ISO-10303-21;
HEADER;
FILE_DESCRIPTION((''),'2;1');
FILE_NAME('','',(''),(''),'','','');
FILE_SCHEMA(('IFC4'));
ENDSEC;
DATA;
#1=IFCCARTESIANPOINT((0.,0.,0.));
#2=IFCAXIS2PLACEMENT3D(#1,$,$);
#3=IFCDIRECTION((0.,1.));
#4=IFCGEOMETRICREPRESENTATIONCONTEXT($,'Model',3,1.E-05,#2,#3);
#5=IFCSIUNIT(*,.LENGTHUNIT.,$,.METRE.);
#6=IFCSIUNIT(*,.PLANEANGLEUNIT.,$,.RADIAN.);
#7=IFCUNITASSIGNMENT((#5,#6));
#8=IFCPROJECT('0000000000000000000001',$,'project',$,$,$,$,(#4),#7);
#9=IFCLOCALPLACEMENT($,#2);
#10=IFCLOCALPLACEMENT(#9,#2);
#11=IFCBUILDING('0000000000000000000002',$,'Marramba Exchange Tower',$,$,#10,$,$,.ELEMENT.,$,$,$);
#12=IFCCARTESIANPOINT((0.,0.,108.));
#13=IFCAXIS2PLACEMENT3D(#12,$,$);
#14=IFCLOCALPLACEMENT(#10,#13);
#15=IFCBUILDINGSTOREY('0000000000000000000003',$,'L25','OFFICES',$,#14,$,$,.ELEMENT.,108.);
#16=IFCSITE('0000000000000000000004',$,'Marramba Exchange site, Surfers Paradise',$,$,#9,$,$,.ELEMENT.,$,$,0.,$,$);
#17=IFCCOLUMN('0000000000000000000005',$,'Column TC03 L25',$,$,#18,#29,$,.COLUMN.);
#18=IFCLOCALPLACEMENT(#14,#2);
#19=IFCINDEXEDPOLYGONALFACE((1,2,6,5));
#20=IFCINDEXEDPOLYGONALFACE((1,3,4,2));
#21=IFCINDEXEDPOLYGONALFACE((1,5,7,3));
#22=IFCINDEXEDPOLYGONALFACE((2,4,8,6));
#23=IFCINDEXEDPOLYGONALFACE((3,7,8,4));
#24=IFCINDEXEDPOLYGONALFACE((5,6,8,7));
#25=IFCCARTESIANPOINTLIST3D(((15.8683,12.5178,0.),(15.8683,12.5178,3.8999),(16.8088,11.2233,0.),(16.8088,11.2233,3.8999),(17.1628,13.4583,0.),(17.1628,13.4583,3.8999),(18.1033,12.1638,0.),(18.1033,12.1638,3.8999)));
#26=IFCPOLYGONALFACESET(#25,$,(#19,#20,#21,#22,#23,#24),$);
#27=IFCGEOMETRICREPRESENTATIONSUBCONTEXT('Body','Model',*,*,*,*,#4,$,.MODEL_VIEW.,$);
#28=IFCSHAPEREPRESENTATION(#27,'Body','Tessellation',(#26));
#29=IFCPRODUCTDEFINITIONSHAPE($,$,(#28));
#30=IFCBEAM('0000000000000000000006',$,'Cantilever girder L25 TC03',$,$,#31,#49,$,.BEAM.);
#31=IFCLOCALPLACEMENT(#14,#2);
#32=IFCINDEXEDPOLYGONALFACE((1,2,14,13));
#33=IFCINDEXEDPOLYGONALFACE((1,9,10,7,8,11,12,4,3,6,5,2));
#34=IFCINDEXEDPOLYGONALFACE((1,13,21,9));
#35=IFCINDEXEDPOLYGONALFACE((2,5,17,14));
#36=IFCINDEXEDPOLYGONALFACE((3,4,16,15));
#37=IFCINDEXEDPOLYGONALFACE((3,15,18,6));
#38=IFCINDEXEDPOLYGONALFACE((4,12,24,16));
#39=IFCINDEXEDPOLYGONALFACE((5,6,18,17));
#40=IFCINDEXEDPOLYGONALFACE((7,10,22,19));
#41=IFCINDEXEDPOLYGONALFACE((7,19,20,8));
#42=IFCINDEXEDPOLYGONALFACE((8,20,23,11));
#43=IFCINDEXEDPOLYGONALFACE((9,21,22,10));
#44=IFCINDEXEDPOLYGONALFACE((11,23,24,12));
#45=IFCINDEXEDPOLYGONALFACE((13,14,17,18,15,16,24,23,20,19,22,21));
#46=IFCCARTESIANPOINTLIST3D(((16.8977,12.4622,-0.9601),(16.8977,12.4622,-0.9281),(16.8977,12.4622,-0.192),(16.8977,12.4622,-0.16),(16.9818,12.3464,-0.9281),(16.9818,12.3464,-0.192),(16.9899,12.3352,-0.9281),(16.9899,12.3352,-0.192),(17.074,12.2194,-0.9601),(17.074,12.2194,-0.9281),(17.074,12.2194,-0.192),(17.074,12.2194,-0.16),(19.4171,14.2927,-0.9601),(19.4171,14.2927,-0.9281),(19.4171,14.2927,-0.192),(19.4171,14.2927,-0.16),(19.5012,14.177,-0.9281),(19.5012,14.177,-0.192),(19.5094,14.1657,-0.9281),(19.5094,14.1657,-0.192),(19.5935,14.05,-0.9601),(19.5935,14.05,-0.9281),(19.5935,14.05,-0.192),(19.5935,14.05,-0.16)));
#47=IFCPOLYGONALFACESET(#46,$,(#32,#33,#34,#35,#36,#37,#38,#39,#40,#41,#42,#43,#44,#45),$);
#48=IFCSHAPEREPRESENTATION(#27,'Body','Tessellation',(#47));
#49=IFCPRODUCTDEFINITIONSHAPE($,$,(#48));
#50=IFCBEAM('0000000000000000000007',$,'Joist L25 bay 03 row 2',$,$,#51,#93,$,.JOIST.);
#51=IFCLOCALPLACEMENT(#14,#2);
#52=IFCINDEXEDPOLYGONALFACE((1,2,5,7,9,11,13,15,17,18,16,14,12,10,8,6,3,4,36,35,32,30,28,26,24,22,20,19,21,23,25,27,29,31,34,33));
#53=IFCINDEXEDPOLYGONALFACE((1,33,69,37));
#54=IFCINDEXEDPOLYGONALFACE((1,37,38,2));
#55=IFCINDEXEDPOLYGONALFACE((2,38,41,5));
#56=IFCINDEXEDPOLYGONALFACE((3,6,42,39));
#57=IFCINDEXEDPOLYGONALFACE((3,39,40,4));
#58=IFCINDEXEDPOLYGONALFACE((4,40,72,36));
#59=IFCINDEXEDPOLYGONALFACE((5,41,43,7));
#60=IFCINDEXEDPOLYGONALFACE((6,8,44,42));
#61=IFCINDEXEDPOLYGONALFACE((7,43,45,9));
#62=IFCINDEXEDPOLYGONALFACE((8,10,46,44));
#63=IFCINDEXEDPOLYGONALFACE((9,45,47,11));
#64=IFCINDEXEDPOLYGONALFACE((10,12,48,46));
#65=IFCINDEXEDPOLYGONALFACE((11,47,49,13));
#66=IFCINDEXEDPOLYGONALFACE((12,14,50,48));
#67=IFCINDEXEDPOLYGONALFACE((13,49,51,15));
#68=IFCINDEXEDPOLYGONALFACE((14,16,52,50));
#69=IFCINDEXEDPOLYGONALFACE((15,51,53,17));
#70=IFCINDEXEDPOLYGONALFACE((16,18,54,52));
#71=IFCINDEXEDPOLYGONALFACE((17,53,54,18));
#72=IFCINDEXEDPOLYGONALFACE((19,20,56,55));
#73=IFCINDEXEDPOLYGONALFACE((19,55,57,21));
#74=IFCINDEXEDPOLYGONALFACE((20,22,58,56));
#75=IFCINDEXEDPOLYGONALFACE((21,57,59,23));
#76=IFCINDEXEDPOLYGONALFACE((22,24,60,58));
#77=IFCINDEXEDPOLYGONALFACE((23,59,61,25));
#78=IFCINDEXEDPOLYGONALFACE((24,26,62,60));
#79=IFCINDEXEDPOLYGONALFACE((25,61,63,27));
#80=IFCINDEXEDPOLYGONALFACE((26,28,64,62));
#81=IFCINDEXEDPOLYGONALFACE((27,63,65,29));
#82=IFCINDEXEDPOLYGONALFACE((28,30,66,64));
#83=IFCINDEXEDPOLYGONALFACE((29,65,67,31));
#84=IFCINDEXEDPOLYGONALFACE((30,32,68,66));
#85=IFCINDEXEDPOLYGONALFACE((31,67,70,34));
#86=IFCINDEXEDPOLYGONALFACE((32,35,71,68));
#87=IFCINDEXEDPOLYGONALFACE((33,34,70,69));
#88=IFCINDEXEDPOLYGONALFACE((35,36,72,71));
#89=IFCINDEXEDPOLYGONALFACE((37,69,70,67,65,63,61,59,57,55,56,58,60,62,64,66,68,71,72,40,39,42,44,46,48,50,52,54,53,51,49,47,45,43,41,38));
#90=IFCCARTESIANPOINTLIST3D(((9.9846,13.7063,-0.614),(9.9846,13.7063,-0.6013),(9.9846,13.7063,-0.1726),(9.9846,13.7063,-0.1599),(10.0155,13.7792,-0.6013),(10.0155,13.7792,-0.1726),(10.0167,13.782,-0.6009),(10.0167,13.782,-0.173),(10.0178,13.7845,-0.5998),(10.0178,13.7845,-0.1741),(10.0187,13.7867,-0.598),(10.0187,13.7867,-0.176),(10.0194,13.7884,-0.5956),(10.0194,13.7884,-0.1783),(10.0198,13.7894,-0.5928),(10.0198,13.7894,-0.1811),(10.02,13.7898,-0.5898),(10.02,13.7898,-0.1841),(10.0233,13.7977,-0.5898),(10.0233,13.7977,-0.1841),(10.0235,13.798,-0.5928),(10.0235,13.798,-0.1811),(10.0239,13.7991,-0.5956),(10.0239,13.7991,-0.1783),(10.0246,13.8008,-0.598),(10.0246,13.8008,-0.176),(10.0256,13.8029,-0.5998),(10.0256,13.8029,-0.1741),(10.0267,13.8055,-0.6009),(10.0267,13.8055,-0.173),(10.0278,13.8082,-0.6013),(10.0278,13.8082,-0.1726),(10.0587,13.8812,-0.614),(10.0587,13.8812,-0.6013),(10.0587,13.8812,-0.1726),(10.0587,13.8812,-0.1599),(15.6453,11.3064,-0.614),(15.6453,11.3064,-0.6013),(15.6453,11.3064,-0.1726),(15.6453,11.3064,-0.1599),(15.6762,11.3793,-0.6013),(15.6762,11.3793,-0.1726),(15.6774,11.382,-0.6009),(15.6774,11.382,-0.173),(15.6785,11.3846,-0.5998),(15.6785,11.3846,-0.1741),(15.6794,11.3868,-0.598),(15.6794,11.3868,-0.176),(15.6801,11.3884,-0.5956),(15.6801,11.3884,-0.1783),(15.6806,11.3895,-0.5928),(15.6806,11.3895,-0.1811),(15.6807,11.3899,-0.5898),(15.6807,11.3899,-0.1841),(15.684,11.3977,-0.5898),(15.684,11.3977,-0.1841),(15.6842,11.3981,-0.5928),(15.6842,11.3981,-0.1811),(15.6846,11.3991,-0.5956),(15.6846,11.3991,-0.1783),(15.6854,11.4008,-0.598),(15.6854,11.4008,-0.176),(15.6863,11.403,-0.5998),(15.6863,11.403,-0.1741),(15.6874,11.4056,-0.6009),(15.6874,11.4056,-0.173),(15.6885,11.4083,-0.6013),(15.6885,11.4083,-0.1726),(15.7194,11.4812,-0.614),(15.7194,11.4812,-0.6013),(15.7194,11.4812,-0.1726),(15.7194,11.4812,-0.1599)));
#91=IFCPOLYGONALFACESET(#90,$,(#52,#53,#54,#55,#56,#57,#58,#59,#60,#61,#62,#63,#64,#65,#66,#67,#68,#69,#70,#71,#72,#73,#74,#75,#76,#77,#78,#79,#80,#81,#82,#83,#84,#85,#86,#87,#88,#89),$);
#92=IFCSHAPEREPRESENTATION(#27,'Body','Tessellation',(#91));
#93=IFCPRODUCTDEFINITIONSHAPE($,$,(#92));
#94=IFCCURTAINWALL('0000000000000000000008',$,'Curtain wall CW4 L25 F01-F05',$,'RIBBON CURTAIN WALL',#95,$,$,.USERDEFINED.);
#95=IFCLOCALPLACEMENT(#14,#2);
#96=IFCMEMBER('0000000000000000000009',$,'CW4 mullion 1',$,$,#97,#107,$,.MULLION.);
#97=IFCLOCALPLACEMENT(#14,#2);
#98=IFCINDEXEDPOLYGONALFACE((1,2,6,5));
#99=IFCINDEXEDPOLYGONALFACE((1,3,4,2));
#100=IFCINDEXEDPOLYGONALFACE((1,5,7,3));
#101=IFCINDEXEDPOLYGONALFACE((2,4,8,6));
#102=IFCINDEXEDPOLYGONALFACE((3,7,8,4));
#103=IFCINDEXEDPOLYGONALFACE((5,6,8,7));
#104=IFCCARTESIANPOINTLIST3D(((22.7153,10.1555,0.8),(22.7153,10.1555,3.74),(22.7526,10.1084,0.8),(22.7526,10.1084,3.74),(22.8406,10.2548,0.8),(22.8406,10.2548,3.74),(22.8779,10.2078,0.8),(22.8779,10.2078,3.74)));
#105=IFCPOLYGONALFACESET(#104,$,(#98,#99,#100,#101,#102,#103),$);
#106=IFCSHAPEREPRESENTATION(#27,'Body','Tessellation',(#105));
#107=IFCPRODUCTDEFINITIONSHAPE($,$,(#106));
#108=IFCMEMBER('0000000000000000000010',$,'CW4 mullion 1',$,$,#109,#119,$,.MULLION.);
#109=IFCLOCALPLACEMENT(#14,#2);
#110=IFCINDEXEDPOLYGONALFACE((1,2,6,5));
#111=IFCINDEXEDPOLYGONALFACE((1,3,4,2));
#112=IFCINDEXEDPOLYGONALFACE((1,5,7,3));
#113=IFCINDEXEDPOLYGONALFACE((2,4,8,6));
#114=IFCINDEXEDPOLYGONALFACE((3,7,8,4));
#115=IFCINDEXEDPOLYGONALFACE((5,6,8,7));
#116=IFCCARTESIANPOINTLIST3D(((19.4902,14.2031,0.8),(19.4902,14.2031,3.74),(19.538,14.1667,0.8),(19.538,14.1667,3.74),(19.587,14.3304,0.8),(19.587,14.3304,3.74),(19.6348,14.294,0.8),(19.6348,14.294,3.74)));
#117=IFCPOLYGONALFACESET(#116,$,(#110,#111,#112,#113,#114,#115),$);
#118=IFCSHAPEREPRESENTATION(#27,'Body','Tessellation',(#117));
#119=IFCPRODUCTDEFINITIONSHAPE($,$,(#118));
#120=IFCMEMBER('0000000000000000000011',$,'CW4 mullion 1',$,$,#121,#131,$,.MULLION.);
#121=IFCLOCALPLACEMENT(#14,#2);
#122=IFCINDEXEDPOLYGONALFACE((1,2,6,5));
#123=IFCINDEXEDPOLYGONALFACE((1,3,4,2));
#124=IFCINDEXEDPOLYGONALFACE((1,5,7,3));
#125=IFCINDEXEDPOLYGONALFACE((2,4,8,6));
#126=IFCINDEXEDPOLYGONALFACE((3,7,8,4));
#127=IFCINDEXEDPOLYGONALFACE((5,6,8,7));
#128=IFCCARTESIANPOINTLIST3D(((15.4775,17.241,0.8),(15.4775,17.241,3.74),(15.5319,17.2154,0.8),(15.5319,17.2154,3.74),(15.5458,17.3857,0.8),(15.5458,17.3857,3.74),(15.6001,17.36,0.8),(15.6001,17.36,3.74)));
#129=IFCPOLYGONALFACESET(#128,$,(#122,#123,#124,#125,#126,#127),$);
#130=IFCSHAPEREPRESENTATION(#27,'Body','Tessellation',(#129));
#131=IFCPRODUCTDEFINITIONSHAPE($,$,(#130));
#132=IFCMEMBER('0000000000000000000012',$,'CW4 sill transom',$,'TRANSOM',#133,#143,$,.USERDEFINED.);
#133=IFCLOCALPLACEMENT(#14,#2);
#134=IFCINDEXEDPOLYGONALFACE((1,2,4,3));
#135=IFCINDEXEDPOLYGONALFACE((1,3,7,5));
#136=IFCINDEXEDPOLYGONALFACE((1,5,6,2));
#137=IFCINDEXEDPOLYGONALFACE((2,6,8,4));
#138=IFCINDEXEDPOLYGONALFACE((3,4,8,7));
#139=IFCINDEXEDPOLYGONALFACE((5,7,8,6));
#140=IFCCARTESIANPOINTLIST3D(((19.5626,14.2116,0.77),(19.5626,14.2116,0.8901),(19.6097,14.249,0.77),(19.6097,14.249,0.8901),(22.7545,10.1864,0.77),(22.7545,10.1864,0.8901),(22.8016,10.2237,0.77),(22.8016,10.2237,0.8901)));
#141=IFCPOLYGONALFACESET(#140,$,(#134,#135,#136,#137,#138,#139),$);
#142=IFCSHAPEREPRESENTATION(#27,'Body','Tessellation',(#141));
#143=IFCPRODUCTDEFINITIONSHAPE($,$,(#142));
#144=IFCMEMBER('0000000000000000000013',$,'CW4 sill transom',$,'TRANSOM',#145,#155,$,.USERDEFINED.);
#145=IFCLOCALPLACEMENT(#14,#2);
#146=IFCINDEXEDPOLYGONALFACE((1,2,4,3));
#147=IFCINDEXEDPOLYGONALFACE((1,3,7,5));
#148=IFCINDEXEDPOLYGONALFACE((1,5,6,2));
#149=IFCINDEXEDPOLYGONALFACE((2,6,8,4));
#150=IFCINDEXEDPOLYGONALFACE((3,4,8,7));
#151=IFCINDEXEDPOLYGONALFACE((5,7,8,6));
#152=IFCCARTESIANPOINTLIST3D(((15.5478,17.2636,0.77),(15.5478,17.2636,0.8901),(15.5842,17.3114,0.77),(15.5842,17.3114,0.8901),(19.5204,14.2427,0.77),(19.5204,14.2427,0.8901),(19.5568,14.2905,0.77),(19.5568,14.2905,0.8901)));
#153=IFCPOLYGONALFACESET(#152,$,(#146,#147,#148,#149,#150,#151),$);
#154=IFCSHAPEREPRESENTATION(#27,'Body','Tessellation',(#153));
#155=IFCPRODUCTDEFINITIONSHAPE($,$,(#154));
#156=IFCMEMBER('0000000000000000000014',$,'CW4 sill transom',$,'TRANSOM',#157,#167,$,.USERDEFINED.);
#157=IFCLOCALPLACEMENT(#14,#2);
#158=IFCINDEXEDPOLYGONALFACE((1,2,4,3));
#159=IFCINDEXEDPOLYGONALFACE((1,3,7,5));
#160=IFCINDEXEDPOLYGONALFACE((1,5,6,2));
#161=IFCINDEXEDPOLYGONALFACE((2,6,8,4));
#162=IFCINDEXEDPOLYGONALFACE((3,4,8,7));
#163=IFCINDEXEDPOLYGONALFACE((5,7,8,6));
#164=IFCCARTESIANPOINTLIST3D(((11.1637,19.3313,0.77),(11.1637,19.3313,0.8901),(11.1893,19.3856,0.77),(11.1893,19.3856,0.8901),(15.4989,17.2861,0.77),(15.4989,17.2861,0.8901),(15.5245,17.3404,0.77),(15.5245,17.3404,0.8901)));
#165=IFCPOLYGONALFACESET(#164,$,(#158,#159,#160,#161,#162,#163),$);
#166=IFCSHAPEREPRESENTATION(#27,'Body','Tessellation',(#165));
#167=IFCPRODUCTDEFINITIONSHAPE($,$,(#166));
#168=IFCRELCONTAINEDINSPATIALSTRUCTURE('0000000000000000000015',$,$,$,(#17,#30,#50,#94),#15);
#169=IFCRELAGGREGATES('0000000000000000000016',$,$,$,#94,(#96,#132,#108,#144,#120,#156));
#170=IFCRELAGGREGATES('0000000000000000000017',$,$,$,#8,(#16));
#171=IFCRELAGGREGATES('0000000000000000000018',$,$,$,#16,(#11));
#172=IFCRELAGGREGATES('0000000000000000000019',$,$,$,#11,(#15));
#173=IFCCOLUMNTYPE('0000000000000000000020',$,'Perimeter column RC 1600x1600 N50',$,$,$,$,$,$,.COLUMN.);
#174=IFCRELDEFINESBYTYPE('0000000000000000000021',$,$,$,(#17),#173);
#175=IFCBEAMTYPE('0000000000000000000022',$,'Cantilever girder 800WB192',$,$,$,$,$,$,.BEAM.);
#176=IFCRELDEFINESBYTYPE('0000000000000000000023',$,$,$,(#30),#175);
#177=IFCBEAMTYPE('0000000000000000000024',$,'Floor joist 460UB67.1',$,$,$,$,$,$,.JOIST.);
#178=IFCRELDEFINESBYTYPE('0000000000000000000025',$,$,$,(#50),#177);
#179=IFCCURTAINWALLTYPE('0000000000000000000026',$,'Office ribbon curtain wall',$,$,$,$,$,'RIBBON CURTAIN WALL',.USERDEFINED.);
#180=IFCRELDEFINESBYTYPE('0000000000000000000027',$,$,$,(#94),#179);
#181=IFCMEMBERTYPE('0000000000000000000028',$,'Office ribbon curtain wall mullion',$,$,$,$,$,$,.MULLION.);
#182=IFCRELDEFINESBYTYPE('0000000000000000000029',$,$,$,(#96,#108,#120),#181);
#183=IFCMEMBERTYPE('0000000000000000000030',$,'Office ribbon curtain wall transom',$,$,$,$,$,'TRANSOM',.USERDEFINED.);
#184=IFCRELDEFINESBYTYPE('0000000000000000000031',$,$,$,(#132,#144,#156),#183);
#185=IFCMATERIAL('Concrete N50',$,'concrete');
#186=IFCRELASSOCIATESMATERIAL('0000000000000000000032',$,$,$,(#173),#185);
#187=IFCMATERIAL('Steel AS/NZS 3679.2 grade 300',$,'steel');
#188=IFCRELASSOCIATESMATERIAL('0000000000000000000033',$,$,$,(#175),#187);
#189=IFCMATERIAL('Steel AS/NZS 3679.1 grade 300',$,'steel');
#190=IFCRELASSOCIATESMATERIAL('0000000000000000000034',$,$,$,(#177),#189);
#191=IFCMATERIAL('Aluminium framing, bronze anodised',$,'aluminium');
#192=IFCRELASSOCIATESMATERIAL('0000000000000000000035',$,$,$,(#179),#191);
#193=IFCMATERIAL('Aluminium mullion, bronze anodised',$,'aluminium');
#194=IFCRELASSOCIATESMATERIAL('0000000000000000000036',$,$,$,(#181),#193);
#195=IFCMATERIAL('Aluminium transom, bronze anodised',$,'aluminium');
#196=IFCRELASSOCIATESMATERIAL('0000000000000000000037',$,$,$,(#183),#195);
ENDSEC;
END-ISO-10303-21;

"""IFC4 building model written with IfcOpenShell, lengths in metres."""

from ifc_helpers import new_model, si_unit, direction, frame, origin, origin_2d, place, context, subcontext, project, spatial, rectangle, i_section, extrude, material, material_profile, profile_set, type_object, element, aggregate, save


model = new_model("IFC4")

# Units and contexts
model_context = context("Model", 3, precision=1e-05, world=origin(), true_north=direction((0.0, 1.0)))
body_context = subcontext(model_context, "Body", "Model", "MODEL_VIEW")
ifc_project = project(units=[si_unit("LENGTHUNIT", "METRE"), si_unit("PLANEANGLEUNIT", "RADIAN")], contexts=[model_context])

# Site, building, storey
site_placement = place(None, origin())
site = spatial("IfcSite", under=ifc_project, at=site_placement, Name="Marramba Exchange site, Surfers Paradise", CompositionType="ELEMENT", RefElevation=0.0)
building_placement = place(site_placement, origin())
building = spatial("IfcBuilding", under=site, at=building_placement, Name="Marramba Exchange Tower", CompositionType="ELEMENT")
storey_placement = place(building_placement, frame((0.0, 0.0, 108.0)))
storey = spatial("IfcBuildingStorey", under=building, at=storey_placement, Name="L25", Description="OFFICES", CompositionType="ELEMENT", Elevation=108.0)

# Column
ifc_material_1 = material(Name="Concrete N50", Category="concrete")
ifc_material_profile_1 = material_profile(ifc_material_1, rectangle(XDim=1.6001, YDim=1.6001, at=origin_2d()), Name="RC 1600x1600")
ifc_profile_set_1 = profile_set([ifc_material_profile_1], Name="Concrete N50")
column_type = type_object("IfcColumnType", Name="Perimeter column RC 1600x1600 N50", PredefinedType="COLUMN", material=ifc_profile_set_1)
column_placement = place(storey_placement, frame((16.9858, 12.3408, 0.0), z_axis=(0.0, 0.0, 1.0), x_axis=(0.809017, 0.587785, 0.0)))
element("IfcColumn", 1, at=column_placement, inside=storey, type_object=column_type, Name="Column TC03 L25", PredefinedType="COLUMN", context=body_context, shape_type="SweptSolid", body=[
    extrude(rectangle(XDim=1.6001, YDim=1.6001, at=origin_2d()), origin(), (0.0, 0.0, 1.0), 3.8999),
])

# Beams
ifc_material_2 = material(Name="Steel AS/NZS 3679.2 grade 300", Category="steel")
ifc_material_profile_2 = material_profile(ifc_material_2, i_section(OverallWidth=0.3, OverallDepth=0.8, WebThickness=0.0139, FlangeThickness=0.032, at=origin_2d()), Name="800WB192")
ifc_profile_set_2 = profile_set([ifc_material_profile_2], Name="Steel AS/NZS 3679.2 grade 300")
beam_type_1 = type_object("IfcBeamType", Name="Cantilever girder 800WB192", PredefinedType="BEAM", material=ifc_profile_set_2)
beam_1_placement = place(storey_placement, frame((16.9858, 12.3408, -0.5601), z_axis=(0.809014, 0.587789, 0.0), x_axis=(-0.587789, 0.809014, 0.0)))
element("IfcBeam", 2, at=beam_1_placement, inside=storey, type_object=beam_type_1, Name="Cantilever girder L25 TC03", PredefinedType="BEAM", context=body_context, shape_type="SweptSolid", body=[
    extrude(i_section(OverallWidth=0.3, OverallDepth=0.8, WebThickness=0.0139, FlangeThickness=0.032, at=origin_2d()), origin(), (0.0, 0.0, 1.0), 3.1143),
])
ifc_material_3 = material(Name="Steel AS/NZS 3679.1 grade 300", Category="steel")
ifc_material_profile_3 = material_profile(ifc_material_3, i_section(OverallWidth=0.1899, OverallDepth=0.4541, WebThickness=0.0085, FlangeThickness=0.0127, FilletRadius=0.0115, at=origin_2d()), Name="460UB67.1")
ifc_profile_set_3 = profile_set([ifc_material_profile_3], Name="Steel AS/NZS 3679.1 grade 300")
beam_type_2 = type_object("IfcBeamType", Name="Floor joist 460UB67.1", PredefinedType="JOIST", material=ifc_profile_set_3)
beam_2_placement = place(storey_placement, frame((15.6824, 11.3938, -0.387), z_axis=(-0.920674, 0.390332, 0.0), x_axis=(-0.390332, -0.920674, 0.0)))
element("IfcBeam", 3, at=beam_2_placement, inside=storey, type_object=beam_type_2, Name="Joist L25 bay 03 row 2", PredefinedType="JOIST", context=body_context, shape_type="SweptSolid", body=[
    extrude(i_section(OverallWidth=0.1899, OverallDepth=0.4541, WebThickness=0.0085, FlangeThickness=0.0127, FilletRadius=0.0115, at=origin_2d()), origin(), (0.0, 0.0, 1.0), 6.1484),
])

# Curtain wall, members
ifc_material_4 = material(Name="Aluminium framing, bronze anodised", Category="aluminium")
curtain_wall_type = type_object("IfcCurtainWallType", Name="Office ribbon curtain wall", ElementType="RIBBON CURTAIN WALL", PredefinedType="USERDEFINED", material=ifc_material_4)
curtain_wall_placement = place(storey_placement, origin())
curtain_wall = element("IfcCurtainWall", 4, at=curtain_wall_placement, inside=storey, type_object=curtain_wall_type, Name="Curtain wall CW4 L25 F01-F05", ObjectType="RIBBON CURTAIN WALL", PredefinedType="USERDEFINED")
ifc_material_5 = material(Name="Aluminium mullion, bronze anodised", Category="aluminium")
ifc_material_profile_4 = material_profile(ifc_material_5, rectangle(XDim=0.1599, YDim=0.0601, at=origin_2d()), Name="CW4 mullion 60x160")
ifc_profile_set_4 = profile_set([ifc_material_profile_4], Name="Aluminium mullion, bronze anodised")
member_type_1 = type_object("IfcMemberType", Name="Office ribbon curtain wall mullion", PredefinedType="MULLION", material=ifc_profile_set_4)
member_1_placement = place(storey_placement, frame((22.7966, 10.1816, 0.8), z_axis=(0.0, 0.0, 1.0), x_axis=(-0.783563, -0.621312, 0.0)))
member_1 = element("IfcMember", 5, at=member_1_placement, type_object=member_type_1, Name="CW4 mullion 1", PredefinedType="MULLION", context=body_context, shape_type="SweptSolid", body=[
    extrude(rectangle(XDim=0.1599, YDim=0.0601, at=origin_2d()), origin(), (0.0, 0.0, 1.0), 2.9399),
])
member_2_placement = place(storey_placement, frame((19.5625, 14.2485, 0.8), z_axis=(0.0, 0.0, 1.0), x_axis=(-0.605334, -0.795972, 0.0)))
member_2 = element("IfcMember", 6, at=member_2_placement, type_object=member_type_1, Name="CW4 mullion 1", PredefinedType="MULLION", context=body_context, shape_type="SweptSolid", body=[
    extrude(rectangle(XDim=0.1599, YDim=0.0601, at=origin_2d()), origin(), (0.0, 0.0, 1.0), 2.9399),
])
member_3_placement = place(storey_placement, frame((15.5388, 17.3005, 0.8), z_axis=(0.0, 0.0, 1.0), x_axis=(-0.426679, -0.904403, 0.0)))
member_3 = element("IfcMember", 7, at=member_3_placement, type_object=member_type_1, Name="CW4 mullion 1", PredefinedType="MULLION", context=body_context, shape_type="SweptSolid", body=[
    extrude(rectangle(XDim=0.1599, YDim=0.0601, at=origin_2d()), origin(), (0.0, 0.0, 1.0), 2.9399),
])
ifc_material_6 = material(Name="Aluminium transom, bronze anodised", Category="aluminium")
ifc_material_profile_5 = material_profile(ifc_material_6, rectangle(XDim=0.0601, YDim=0.1201, at=origin_2d()), Name="CW4 transom 60x120")
ifc_profile_set_5 = profile_set([ifc_material_profile_5], Name="Aluminium transom, bronze anodised")
member_type_2 = type_object("IfcMemberType", Name="Office ribbon curtain wall transom", ElementType="TRANSOM", PredefinedType="USERDEFINED", material=ifc_profile_set_5)
member_4_placement = place(storey_placement, frame((22.7781, 10.2051, 0.8301), z_axis=(-0.621339, 0.783542, 0.0), x_axis=(-0.783542, -0.621339, 0.0)))
member_4 = element("IfcMember", 8, at=member_4_placement, type_object=member_type_2, Name="CW4 sill transom", ObjectType="TRANSOM", PredefinedType="USERDEFINED", context=body_context, shape_type="SweptSolid", body=[
    extrude(rectangle(XDim=0.0601, YDim=0.1201, at=origin_2d()), origin(), (0.0, 0.0, 1.0), 5.1372),
])
member_5_placement = place(storey_placement, frame((19.5386, 14.2666, 0.8301), z_axis=(-0.795991, 0.605309, 0.0), x_axis=(-0.605309, -0.795991, 0.0)))
member_5 = element("IfcMember", 9, at=member_5_placement, type_object=member_type_2, Name="CW4 sill transom", ObjectType="TRANSOM", PredefinedType="USERDEFINED", context=body_context, shape_type="SweptSolid", body=[
    extrude(rectangle(XDim=0.0601, YDim=0.1201, at=origin_2d()), origin(), (0.0, 0.0, 1.0), 4.9907),
])
member_6_placement = place(storey_placement, frame((15.5117, 17.3132, 0.8301), z_axis=(-0.904411, 0.426663, 0.0), x_axis=(-0.426663, -0.904411, 0.0)))
member_6 = element("IfcMember", 10, at=member_6_placement, type_object=member_type_2, Name="CW4 sill transom", ObjectType="TRANSOM", PredefinedType="USERDEFINED", context=body_context, shape_type="SweptSolid", body=[
    extrude(rectangle(XDim=0.0601, YDim=0.1201, at=origin_2d()), origin(), (0.0, 0.0, 1.0), 4.7935),
])

aggregate(curtain_wall, [member_1, member_4, member_2, member_5, member_3, member_6])

save(model, "model.ifc")
